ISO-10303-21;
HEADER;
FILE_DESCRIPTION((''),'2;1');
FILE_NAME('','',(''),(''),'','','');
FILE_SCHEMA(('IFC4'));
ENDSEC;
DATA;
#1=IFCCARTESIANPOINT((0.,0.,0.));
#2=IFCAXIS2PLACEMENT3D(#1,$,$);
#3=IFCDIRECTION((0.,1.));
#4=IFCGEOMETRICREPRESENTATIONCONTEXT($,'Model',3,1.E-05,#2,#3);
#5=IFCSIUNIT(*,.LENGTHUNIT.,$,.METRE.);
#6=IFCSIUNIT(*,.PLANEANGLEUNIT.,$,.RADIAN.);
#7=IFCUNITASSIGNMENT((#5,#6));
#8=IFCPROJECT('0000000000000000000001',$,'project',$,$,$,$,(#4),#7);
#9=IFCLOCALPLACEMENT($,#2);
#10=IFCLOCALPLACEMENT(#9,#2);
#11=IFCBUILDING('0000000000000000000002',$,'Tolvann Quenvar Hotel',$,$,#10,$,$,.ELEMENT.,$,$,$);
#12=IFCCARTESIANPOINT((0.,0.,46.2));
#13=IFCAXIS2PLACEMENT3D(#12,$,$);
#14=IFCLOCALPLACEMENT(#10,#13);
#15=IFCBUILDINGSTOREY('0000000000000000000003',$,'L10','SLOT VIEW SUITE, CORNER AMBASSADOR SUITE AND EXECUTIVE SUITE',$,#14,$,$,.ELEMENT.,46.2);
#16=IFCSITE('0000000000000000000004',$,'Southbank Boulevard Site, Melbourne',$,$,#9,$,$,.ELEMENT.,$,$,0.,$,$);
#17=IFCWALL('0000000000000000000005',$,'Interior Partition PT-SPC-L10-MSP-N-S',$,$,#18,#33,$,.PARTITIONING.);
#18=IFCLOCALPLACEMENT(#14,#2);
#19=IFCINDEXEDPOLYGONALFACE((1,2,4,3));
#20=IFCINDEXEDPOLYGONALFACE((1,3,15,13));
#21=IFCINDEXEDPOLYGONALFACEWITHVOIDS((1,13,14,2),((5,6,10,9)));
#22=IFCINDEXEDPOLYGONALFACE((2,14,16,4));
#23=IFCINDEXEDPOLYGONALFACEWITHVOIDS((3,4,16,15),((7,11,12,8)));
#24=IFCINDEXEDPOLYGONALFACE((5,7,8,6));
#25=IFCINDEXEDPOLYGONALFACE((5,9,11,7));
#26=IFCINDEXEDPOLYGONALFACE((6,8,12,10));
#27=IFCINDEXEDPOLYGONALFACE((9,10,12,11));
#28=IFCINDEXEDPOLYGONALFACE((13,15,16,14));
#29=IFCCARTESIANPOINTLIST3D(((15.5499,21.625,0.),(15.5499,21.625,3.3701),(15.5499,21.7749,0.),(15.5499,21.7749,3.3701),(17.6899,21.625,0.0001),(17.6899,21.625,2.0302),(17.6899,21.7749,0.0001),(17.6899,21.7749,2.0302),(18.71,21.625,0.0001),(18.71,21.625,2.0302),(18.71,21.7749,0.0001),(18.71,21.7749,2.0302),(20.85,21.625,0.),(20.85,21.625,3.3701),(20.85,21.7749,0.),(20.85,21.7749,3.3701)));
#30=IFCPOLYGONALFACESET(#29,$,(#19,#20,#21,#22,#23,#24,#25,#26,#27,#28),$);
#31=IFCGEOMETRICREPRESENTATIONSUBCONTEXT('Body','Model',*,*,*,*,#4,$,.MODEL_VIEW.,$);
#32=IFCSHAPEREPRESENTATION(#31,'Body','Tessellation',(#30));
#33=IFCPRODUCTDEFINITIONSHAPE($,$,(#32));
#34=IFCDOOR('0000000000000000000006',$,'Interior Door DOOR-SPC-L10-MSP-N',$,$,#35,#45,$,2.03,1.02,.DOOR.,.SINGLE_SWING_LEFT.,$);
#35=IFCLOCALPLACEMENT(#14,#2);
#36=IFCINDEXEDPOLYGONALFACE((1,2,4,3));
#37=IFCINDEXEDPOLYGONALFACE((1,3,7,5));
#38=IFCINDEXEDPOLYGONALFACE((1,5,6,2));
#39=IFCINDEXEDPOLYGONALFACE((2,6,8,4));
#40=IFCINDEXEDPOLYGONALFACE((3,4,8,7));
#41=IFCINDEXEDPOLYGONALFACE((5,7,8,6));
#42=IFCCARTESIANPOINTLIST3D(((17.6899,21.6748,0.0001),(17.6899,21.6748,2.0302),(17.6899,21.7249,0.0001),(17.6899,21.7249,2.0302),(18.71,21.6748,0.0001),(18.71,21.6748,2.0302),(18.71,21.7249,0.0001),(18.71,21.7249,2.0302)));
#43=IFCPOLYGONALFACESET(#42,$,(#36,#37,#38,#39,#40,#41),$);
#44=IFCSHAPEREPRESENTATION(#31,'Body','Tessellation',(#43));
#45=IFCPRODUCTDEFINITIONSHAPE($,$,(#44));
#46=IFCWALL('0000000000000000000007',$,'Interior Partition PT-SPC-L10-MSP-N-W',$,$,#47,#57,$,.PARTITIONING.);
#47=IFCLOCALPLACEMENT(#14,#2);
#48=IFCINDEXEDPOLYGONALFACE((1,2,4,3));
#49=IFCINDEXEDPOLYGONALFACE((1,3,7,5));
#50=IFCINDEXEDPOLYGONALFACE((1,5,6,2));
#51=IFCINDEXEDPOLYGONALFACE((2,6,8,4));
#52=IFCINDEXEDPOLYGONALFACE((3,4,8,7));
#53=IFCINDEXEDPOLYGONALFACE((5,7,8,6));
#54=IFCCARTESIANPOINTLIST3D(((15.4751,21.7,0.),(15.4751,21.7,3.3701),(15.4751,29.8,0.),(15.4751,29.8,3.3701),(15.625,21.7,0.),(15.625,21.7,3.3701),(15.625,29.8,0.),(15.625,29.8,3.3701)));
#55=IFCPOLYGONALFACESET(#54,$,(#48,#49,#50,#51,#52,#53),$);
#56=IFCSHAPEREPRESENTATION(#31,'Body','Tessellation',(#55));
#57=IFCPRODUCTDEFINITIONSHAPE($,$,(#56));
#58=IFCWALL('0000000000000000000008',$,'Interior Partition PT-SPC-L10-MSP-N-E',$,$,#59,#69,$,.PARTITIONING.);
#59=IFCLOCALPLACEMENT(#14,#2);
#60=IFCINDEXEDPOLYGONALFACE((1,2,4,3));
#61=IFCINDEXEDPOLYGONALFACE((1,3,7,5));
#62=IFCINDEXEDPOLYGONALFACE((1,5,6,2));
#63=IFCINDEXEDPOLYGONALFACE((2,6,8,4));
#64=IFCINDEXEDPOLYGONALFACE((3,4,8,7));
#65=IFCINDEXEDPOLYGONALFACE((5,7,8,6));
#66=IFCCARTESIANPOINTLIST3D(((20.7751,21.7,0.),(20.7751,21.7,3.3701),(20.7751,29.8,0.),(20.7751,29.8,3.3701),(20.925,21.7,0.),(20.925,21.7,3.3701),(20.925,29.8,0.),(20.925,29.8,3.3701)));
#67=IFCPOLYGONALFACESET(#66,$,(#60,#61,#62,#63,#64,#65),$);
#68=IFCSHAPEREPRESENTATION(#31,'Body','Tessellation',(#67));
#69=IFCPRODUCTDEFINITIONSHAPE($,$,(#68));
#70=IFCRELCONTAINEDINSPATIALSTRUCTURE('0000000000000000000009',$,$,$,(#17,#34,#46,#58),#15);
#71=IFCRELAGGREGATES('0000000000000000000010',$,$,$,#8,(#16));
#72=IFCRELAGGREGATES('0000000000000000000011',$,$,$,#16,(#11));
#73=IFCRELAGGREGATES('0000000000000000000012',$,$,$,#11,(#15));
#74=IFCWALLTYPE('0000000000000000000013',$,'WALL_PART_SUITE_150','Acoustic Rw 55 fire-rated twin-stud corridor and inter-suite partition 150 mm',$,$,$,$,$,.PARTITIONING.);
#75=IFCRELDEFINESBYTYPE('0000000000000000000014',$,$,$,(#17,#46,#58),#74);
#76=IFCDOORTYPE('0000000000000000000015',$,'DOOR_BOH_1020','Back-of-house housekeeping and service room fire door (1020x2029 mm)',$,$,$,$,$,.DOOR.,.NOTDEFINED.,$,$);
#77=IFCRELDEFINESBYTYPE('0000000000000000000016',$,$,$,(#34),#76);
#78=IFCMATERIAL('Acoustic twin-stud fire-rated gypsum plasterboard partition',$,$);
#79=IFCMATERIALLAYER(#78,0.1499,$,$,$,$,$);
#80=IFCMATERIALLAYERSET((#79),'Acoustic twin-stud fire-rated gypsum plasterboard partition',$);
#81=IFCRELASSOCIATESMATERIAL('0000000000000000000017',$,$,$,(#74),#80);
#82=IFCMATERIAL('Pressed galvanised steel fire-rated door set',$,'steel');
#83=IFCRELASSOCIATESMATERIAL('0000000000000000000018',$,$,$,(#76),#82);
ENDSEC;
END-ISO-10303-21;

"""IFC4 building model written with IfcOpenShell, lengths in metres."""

from ifc_helpers import new_model, si_unit, direction, frame, frame_2d, origin, place, context, subcontext, project, spatial, rectangle, extrude, source, transform, mapped, material, layer, layer_set, type_object, type_shapes, element, fill, save


model = new_model("IFC4")

# Units and contexts
model_context = context("Model", 3, precision=1e-05, world=origin(), true_north=direction((0.0, 1.0)))
body_context = subcontext(model_context, "Body", "Model", "MODEL_VIEW")
ifc_project = project(units=[si_unit("LENGTHUNIT", "METRE"), si_unit("PLANEANGLEUNIT", "RADIAN")], contexts=[model_context])

# Site, building, storey
site_placement = place(None, origin())
site = spatial("IfcSite", under=ifc_project, at=site_placement, Name="Southbank Boulevard Site, Melbourne", CompositionType="ELEMENT", RefElevation=0.0)
building_placement = place(site_placement, origin())
building = spatial("IfcBuilding", under=site, at=building_placement, Name="Tolvann Quenvar Hotel", CompositionType="ELEMENT")
storey_placement = place(building_placement, frame((0.0, 0.0, 46.2)))
storey = spatial("IfcBuildingStorey", under=building, at=storey_placement, Name="L10", Description="SLOT VIEW SUITE, CORNER AMBASSADOR SUITE AND EXECUTIVE SUITE", CompositionType="ELEMENT", Elevation=46.2)

# Shared definitions
ifc_material_1 = material(Name="Acoustic twin-stud fire-rated gypsum plasterboard partition")
ifc_layer_1 = layer(ifc_material_1, 0.1499)
ifc_layer_set_1 = layer_set([ifc_layer_1], Name="Acoustic twin-stud fire-rated gypsum plasterboard partition")
wall_type_1 = type_object("IfcWallType", Name="WALL_PART_SUITE_150", Description="Acoustic Rw 55 fire-rated twin-stud corridor and inter-suite partition 150 mm", PredefinedType="PARTITIONING", material=ifc_layer_set_1)

# Wall, opening, door
wall_1_placement = place(storey_placement, frame((15.55, 21.7, 0.0), z_axis=(0.0, 0.0, 1.0), x_axis=(1.0, 0.0, 0.0)))
wall_1 = element("IfcWall", 1, at=wall_1_placement, inside=storey, type_object=wall_type_1, Name="Interior Partition PT-SPC-L10-MSP-N-S", PredefinedType="PARTITIONING", context=body_context, shape_type="SweptSolid", body=[
    extrude(rectangle(XDim=5.3, YDim=0.1499, at=frame_2d((2.6499, 0.0))), origin(), (0.0, 0.0, 1.0), 3.3701),
])
opening_1_placement = place(wall_1_placement, frame((2.1399, 0.0, 0.0)))
opening_1 = element("IfcOpeningElement", 2, at=opening_1_placement, cuts=wall_1, PredefinedType="OPENING", context=body_context, shape_type="SweptSolid", body=[
    extrude(rectangle(XDim=1.02, YDim=2.03, at=frame_2d((0.51, 1.0151))), frame((0.0, 0.085, 0.0), z_axis=(0.0, -1.0, 0.0), x_axis=(1.0, 0.0, 0.0)), (0.0, 0.0, 1.0), 0.1699),
])
ifc_material_2 = material(Name="Pressed galvanised steel fire-rated door set", Category="steel")
door_type_1 = type_object("IfcDoorType", Name="DOOR_BOH_1020", Description="Back-of-house housekeeping and service room fire door (1020x2029 mm)", OperationType="NOTDEFINED", PredefinedType="DOOR", material=ifc_material_2)
shared_shape_1 = source(origin(), body_context, "Body", "SweptSolid", [
    extrude(rectangle(XDim=1.02, YDim=2.03, at=frame_2d((0.51, 1.0151))), frame((0.0, 0.0249, 0.0), z_axis=(0.0, -1.0, 0.0), x_axis=(1.0, 0.0, 0.0)), (0.0, 0.0, 1.0), 0.05),
])
type_shapes(door_type_1, [shared_shape_1])
door_1_placement = place(opening_1_placement, origin())
door_1 = element("IfcDoor", 3, at=door_1_placement, inside=storey, type_object=door_type_1, Name="Interior Door DOOR-SPC-L10-MSP-N", OperationType="SINGLE_SWING_LEFT", OverallHeight=2.03, OverallWidth=1.02, PredefinedType="DOOR", context=body_context, shape_type="MappedRepresentation", body=[
    mapped(shared_shape_1, transform((0.0, 0.0, 0.0), x_axis=(1.0, 0.0, 0.0), y_axis=(0.0, 1.0, 0.0), z_axis=(0.0, 0.0, 1.0), scale=1.0)),
])
fill(opening_1, door_1)

# Walls
for number, where, z_axis, x_axis, name in (
    (4, (15.55, 21.7, 0.0), (0.0, 0.0, 1.0), (0.0, 1.0, 0.0), "Interior Partition PT-SPC-L10-MSP-N-W"),
    (5, (20.8501, 21.7, 0.0), (0.0, 0.0, 1.0), (0.0, 1.0, 0.0), "Interior Partition PT-SPC-L10-MSP-N-E"),
):
    element("IfcWall", number, at=place(storey_placement, frame(where, z_axis=z_axis, x_axis=x_axis)), inside=storey, type_object=wall_type_1, Name=name, PredefinedType="PARTITIONING", context=body_context, shape_type="SweptSolid", body=[
        extrude(rectangle(XDim=8.1001, YDim=0.1499, at=frame_2d((4.05, 0.0))), origin(), (0.0, 0.0, 1.0), 3.3701),
    ])

save(model, "model.ifc")
